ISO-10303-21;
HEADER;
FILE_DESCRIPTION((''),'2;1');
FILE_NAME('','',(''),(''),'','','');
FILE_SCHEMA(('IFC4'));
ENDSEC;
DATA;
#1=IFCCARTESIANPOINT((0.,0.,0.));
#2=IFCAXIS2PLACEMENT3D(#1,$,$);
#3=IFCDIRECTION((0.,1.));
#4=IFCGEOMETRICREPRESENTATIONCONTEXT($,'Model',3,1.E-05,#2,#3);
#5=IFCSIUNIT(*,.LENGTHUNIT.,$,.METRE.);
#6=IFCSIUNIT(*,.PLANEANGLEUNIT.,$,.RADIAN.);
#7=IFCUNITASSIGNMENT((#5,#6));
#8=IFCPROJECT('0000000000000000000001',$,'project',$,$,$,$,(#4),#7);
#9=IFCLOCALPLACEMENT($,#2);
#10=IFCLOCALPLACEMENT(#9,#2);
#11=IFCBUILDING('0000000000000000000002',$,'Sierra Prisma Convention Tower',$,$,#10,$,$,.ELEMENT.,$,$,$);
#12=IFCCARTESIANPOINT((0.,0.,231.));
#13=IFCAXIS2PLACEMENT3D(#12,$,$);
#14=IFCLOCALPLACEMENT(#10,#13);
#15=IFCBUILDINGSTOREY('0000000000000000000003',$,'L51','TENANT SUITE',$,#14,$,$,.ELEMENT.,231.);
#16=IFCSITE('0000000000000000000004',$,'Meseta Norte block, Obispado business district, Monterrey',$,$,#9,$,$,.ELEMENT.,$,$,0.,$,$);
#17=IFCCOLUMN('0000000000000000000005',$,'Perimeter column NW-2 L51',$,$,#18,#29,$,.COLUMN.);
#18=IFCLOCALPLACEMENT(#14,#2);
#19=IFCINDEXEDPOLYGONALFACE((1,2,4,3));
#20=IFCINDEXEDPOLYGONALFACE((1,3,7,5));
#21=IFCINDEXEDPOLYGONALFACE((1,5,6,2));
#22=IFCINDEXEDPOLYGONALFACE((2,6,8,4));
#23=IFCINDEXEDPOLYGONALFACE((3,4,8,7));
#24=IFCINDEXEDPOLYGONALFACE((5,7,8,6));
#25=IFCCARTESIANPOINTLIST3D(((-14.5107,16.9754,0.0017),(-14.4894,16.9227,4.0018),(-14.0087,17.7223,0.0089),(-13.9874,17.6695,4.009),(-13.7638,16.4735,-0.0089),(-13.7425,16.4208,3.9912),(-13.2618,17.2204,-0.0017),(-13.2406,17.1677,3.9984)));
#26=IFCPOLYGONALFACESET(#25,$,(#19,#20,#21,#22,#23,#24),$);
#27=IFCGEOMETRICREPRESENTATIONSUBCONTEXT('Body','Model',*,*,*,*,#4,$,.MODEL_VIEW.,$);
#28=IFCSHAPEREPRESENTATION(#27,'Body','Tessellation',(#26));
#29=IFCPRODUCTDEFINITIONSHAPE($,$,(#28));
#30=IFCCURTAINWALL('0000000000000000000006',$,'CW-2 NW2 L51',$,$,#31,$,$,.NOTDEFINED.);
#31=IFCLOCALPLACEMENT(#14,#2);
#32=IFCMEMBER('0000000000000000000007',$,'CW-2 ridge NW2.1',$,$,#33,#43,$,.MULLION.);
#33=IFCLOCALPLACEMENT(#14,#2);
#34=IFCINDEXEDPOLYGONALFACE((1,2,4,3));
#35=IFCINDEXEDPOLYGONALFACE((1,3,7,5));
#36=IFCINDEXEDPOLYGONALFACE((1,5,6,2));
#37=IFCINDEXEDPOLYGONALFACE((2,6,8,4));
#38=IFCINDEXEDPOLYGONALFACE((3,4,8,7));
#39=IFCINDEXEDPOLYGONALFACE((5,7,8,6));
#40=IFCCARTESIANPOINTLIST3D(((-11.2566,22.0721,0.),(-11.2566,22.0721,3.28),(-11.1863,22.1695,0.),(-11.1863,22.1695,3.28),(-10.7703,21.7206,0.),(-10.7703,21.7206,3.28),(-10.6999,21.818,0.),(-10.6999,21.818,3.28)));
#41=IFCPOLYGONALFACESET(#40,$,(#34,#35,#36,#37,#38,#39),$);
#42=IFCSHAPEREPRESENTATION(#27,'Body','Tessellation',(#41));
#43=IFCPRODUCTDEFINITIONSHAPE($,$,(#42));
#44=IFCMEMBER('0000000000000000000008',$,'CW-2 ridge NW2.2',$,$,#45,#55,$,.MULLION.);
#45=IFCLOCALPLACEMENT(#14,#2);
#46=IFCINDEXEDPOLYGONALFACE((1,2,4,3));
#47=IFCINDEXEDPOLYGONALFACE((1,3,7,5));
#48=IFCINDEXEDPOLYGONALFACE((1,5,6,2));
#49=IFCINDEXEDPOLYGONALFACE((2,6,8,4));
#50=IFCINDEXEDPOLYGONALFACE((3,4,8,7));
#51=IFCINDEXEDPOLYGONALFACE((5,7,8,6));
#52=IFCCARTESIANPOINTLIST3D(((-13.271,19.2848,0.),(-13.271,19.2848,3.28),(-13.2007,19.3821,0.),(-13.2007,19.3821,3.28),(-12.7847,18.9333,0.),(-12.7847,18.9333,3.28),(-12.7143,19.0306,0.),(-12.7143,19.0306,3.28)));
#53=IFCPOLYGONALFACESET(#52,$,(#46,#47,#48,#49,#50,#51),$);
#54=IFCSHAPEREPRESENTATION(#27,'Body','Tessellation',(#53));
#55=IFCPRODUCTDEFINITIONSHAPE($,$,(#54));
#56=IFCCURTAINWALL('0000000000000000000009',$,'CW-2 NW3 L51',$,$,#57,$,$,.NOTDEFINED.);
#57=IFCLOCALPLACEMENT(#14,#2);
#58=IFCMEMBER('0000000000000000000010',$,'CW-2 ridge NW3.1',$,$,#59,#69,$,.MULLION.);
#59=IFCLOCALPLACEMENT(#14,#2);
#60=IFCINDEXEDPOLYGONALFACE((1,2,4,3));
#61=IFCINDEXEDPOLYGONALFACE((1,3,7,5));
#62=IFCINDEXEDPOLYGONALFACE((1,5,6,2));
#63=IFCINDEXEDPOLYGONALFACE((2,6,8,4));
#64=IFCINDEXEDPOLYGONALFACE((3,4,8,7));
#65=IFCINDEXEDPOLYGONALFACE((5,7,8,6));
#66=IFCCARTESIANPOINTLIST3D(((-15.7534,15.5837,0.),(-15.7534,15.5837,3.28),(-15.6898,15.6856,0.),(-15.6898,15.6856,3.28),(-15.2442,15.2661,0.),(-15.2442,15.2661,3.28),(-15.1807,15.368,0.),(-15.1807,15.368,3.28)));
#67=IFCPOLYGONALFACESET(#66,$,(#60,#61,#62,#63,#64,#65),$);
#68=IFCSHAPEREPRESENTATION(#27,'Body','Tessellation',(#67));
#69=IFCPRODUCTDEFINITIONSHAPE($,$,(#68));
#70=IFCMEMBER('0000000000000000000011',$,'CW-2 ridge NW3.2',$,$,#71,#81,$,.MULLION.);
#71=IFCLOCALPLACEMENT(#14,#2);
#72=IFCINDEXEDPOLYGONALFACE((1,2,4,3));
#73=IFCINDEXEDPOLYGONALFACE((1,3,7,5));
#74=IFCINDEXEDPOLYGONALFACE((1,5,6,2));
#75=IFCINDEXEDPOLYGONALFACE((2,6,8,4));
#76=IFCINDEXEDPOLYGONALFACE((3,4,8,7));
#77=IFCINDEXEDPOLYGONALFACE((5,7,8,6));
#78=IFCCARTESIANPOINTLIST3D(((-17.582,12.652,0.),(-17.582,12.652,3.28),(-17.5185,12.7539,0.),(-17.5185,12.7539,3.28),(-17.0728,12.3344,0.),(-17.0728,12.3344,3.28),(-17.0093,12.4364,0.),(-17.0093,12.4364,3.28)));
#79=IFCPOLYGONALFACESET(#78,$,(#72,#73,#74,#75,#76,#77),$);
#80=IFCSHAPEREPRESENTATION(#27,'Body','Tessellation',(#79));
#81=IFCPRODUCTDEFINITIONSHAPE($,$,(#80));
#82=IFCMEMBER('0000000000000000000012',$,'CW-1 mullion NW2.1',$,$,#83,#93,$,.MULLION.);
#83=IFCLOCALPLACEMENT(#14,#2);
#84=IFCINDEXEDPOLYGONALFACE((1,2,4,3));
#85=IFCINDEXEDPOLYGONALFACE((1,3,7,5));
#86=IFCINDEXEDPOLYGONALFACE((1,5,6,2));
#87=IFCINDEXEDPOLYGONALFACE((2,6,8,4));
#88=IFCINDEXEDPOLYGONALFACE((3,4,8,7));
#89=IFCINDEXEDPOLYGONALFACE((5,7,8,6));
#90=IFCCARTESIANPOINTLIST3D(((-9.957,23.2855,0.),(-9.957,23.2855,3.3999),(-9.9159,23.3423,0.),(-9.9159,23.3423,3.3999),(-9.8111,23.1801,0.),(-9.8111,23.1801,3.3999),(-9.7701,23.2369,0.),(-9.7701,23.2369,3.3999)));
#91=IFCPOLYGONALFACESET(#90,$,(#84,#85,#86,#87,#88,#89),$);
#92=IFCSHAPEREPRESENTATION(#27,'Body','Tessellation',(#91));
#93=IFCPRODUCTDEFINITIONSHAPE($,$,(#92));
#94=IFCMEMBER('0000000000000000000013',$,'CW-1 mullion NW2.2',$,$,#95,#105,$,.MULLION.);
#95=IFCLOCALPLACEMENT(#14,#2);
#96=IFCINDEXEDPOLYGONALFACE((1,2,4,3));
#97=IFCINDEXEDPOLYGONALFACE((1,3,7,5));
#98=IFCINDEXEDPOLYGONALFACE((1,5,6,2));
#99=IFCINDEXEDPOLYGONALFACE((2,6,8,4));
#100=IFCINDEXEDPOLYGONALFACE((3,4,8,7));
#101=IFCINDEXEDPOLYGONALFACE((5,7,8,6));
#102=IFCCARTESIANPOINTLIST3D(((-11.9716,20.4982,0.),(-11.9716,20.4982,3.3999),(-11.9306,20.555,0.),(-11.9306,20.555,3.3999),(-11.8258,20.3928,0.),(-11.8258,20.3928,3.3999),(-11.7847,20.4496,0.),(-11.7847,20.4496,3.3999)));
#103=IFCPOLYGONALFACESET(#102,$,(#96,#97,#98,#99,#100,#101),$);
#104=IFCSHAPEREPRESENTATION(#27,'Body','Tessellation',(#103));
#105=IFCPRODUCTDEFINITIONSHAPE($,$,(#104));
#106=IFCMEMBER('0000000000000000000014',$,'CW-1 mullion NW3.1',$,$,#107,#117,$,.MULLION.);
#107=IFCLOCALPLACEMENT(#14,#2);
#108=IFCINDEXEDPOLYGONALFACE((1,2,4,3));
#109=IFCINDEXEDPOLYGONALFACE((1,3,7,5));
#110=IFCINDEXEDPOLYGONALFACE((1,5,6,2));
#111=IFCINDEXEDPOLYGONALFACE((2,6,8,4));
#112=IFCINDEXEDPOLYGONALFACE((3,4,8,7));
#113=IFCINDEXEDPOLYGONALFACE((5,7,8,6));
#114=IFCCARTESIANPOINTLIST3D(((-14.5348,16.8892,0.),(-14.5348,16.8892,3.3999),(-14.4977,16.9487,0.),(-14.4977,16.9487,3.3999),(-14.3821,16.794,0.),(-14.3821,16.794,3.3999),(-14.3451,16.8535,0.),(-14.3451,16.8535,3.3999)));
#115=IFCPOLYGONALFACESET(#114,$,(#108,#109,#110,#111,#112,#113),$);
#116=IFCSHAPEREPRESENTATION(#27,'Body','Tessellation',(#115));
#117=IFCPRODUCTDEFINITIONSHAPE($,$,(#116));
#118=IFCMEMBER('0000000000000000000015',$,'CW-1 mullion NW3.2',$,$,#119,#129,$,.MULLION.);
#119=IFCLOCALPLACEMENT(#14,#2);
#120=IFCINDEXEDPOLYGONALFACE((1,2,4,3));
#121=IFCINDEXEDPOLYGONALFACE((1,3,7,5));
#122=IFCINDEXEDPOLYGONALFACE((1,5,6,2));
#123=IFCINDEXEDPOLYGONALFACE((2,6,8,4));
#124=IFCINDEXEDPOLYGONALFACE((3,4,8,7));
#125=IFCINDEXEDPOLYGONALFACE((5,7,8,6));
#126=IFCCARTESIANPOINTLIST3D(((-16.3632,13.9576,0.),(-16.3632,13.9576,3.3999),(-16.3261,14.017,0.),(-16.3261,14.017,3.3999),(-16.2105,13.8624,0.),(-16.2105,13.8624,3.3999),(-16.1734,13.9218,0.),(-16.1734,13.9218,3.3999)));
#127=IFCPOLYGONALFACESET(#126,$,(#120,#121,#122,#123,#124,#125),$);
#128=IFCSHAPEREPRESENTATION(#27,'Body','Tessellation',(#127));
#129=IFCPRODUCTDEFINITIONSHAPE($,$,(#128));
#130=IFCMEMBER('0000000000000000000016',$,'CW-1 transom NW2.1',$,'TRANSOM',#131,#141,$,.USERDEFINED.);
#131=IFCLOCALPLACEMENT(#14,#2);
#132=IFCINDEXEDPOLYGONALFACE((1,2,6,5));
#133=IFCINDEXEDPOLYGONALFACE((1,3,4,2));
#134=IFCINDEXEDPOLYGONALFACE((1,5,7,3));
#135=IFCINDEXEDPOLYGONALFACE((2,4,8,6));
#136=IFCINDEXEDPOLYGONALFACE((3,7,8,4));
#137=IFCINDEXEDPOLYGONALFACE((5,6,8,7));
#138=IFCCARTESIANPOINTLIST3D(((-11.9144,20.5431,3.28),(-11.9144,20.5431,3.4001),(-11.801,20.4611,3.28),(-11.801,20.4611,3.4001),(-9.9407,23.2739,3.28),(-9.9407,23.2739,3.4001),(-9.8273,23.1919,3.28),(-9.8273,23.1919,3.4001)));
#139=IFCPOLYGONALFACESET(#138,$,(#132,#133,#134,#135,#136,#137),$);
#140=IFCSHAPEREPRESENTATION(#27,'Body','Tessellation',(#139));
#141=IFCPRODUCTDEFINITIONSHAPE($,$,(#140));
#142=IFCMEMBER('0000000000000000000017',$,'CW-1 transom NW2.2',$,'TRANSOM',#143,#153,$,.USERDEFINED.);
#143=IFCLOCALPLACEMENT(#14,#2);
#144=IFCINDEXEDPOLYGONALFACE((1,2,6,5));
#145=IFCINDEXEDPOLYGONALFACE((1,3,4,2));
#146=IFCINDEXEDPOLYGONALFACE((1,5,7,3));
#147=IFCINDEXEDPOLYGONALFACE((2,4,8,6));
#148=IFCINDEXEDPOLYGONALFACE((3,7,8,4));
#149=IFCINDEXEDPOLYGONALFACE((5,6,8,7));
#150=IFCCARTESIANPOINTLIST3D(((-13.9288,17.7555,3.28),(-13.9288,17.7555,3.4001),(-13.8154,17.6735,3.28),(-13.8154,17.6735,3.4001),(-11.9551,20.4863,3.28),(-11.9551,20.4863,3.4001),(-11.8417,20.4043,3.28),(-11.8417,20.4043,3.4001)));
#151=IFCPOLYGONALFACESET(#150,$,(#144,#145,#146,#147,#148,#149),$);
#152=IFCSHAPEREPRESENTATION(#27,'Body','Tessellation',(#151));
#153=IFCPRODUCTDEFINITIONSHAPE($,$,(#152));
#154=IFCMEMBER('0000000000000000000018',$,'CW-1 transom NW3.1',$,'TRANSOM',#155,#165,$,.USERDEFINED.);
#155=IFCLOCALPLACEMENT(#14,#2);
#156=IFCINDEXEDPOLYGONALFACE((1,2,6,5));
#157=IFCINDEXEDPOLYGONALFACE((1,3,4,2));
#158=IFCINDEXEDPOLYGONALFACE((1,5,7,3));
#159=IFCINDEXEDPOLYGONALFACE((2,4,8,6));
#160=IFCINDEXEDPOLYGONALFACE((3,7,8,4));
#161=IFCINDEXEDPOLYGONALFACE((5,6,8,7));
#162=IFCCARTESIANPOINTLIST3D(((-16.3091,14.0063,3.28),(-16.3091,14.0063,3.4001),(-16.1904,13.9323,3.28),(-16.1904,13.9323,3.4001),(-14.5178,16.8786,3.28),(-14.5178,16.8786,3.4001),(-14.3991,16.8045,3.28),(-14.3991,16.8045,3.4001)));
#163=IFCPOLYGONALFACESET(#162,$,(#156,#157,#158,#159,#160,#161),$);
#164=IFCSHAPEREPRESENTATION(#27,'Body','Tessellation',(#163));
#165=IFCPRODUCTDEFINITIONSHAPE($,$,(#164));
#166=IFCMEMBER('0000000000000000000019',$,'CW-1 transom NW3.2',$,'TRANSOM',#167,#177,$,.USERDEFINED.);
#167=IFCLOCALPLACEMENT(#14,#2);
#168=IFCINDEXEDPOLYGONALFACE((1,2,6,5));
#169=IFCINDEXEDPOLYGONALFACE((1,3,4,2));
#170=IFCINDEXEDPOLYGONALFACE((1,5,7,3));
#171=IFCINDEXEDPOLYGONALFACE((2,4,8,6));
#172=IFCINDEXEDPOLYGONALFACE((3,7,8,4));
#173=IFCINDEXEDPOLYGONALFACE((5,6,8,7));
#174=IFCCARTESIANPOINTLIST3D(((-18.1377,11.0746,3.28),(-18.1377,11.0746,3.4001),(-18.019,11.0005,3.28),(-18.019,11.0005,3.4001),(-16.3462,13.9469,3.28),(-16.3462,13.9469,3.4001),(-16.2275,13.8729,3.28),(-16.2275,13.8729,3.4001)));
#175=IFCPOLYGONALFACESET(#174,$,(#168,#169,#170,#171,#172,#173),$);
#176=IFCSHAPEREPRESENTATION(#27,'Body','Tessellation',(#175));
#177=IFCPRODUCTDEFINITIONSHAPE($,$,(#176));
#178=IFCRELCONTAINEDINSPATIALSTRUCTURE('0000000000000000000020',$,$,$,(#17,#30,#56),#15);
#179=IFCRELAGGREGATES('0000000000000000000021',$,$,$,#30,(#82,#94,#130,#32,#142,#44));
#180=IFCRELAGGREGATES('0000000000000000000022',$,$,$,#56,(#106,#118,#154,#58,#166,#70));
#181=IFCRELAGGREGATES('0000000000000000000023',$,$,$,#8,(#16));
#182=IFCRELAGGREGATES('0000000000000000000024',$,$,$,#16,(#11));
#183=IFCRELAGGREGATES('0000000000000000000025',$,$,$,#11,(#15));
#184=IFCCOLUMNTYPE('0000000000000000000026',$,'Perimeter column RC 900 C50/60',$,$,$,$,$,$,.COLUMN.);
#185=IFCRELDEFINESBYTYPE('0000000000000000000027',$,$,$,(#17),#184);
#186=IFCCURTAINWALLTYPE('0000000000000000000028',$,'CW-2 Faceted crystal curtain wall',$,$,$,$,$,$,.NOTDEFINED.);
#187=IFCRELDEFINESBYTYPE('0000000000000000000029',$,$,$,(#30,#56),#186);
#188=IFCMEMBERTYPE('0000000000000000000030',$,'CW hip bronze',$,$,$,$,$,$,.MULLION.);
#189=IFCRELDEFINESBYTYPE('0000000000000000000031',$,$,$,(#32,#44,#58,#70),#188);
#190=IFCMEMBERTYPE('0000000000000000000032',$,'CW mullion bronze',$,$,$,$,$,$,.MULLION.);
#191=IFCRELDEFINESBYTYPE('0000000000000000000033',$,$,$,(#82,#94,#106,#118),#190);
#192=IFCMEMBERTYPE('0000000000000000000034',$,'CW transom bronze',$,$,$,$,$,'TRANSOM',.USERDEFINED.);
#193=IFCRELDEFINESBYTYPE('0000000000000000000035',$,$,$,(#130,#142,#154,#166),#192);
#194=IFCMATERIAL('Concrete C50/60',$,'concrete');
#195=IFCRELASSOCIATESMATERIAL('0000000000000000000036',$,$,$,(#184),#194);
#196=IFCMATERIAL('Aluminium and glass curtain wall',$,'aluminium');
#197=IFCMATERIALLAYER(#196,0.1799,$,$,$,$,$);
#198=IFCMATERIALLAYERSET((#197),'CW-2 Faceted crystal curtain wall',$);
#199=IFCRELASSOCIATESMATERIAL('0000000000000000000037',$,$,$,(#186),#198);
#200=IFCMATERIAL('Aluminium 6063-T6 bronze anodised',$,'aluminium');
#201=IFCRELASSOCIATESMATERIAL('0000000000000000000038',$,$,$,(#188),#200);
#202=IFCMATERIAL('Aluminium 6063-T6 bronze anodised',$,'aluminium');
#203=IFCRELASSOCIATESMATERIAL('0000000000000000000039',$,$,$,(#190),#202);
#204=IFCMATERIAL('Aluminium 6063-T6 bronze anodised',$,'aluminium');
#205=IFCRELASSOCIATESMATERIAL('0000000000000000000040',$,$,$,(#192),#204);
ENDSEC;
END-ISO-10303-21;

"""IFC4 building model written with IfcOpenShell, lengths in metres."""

from ifc_helpers import new_model, si_unit, direction, frame, origin, origin_2d, place, context, subcontext, project, spatial, rectangle, extrude, material, layer, layer_set, material_profile, profile_set, type_object, element, aggregate, save


model = new_model("IFC4")

# Units and contexts
model_context = context("Model", 3, precision=1e-05, world=origin(), true_north=direction((0.0, 1.0)))
body_context = subcontext(model_context, "Body", "Model", "MODEL_VIEW")
ifc_project = project(units=[si_unit("LENGTHUNIT", "METRE"), si_unit("PLANEANGLEUNIT", "RADIAN")], contexts=[model_context])

# Site, building, storey
site_placement = place(None, origin())
site = spatial("IfcSite", under=ifc_project, at=site_placement, Name="Meseta Norte block, Obispado business district, Monterrey", CompositionType="ELEMENT", RefElevation=0.0)
building_placement = place(site_placement, origin())
building = spatial("IfcBuilding", under=site, at=building_placement, Name="Sierra Prisma Convention Tower", CompositionType="ELEMENT")
storey_placement = place(building_placement, frame((0.0, 0.0, 231.0)))
storey = spatial("IfcBuildingStorey", under=building, at=storey_placement, Name="L51", Description="TENANT SUITE", CompositionType="ELEMENT", Elevation=231.0)

# Column
ifc_material_1 = material(Name="Concrete C50/60", Category="concrete")
ifc_material_profile_1 = material_profile(ifc_material_1, rectangle(XDim=0.8999, YDim=0.8999, at=origin_2d()), Name="Perimeter column RC 900 C50/60")
ifc_profile_set_1 = profile_set([ifc_material_profile_1], Name="Concrete C50/60")
column_type = type_object("IfcColumnType", Name="Perimeter column RC 900 C50/60", PredefinedType="COLUMN", material=ifc_profile_set_1)
column_placement = place(storey_placement, frame((-13.8862, 17.0979, 0.0), z_axis=(0.00531, -0.013182, 0.999899), x_axis=(0.557801, 0.829936, 0.00798)))
element("IfcColumn", 1, at=column_placement, inside=storey, type_object=column_type, Name="Perimeter column NW-2 L51", PredefinedType="COLUMN", context=body_context, shape_type="SweptSolid", body=[
    extrude(rectangle(XDim=0.8999, YDim=0.8999, at=origin_2d()), origin(), (0.0, 0.0, 1.0), 4.0005),
])

# Curtain walls, members
ifc_material_2 = material(Name="Aluminium and glass curtain wall", Category="aluminium")
ifc_layer_1 = layer(ifc_material_2, 0.1799)
ifc_layer_set_1 = layer_set([ifc_layer_1], Name="CW-2 Faceted crystal curtain wall")
curtain_wall_type = type_object("IfcCurtainWallType", Name="CW-2 Faceted crystal curtain wall", PredefinedType="NOTDEFINED", material=ifc_layer_set_1)
curtain_wall_1_placement = place(storey_placement, origin())
curtain_wall_1 = element("IfcCurtainWall", 2, at=curtain_wall_1_placement, inside=storey, type_object=curtain_wall_type, Name="CW-2 NW2 L51", PredefinedType="NOTDEFINED")
ifc_material_3 = material(Name="Aluminium 6063-T6 bronze anodised", Category="aluminium")
ifc_material_profile_2 = material_profile(ifc_material_3, rectangle(XDim=0.1201, YDim=0.6001, at=origin_2d()), Name="ALU RIDGE BLADE 120x600")
ifc_profile_set_2 = profile_set([ifc_material_profile_2], Name="Aluminium 6063-T6 bronze anodised")
member_type_1 = type_object("IfcMemberType", Name="CW hip bronze", PredefinedType="MULLION", material=ifc_profile_set_2)
member_1_placement = place(storey_placement, frame((-10.9783, 21.9451, 0.0), z_axis=(0.0, 0.0, 1.0), x_axis=(-0.585758, -0.810486, 0.0)))
member_1 = element("IfcMember", 3, at=member_1_placement, type_object=member_type_1, Name="CW-2 ridge NW2.1", PredefinedType="MULLION", context=body_context, shape_type="SweptSolid", body=[
    extrude(rectangle(XDim=0.1201, YDim=0.6001, at=origin_2d()), origin(), (0.0, 0.0, 1.0), 3.28),
])
member_2_placement = place(storey_placement, frame((-12.9927, 19.1577, 0.0), z_axis=(0.0, 0.0, 1.0), x_axis=(-0.585758, -0.810486, 0.0)))
member_2 = element("IfcMember", 4, at=member_2_placement, type_object=member_type_1, Name="CW-2 ridge NW2.2", PredefinedType="MULLION", context=body_context, shape_type="SweptSolid", body=[
    extrude(rectangle(XDim=0.1201, YDim=0.6001, at=origin_2d()), origin(), (0.0, 0.0, 1.0), 3.28),
])
curtain_wall_2_placement = place(storey_placement, origin())
curtain_wall_2 = element("IfcCurtainWall", 5, at=curtain_wall_2_placement, inside=storey, type_object=curtain_wall_type, Name="CW-2 NW3 L51", PredefinedType="NOTDEFINED")
member_3_placement = place(storey_placement, frame((-15.467, 15.4758, 0.0), z_axis=(0.0, 0.0, 1.0), x_axis=(-0.529211, -0.84849, 0.0)))
member_3 = element("IfcMember", 6, at=member_3_placement, type_object=member_type_1, Name="CW-2 ridge NW3.1", PredefinedType="MULLION", context=body_context, shape_type="SweptSolid", body=[
    extrude(rectangle(XDim=0.1201, YDim=0.6001, at=origin_2d()), origin(), (0.0, 0.0, 1.0), 3.28),
])
member_4_placement = place(storey_placement, frame((-17.2957, 12.5442, 0.0), z_axis=(0.0, 0.0, 1.0), x_axis=(-0.529211, -0.84849, 0.0)))
member_4 = element("IfcMember", 7, at=member_4_placement, type_object=member_type_1, Name="CW-2 ridge NW3.2", PredefinedType="MULLION", context=body_context, shape_type="SweptSolid", body=[
    extrude(rectangle(XDim=0.1201, YDim=0.6001, at=origin_2d()), origin(), (0.0, 0.0, 1.0), 3.28),
])

# Members
ifc_material_4 = material(Name="Aluminium 6063-T6 bronze anodised", Category="aluminium")
ifc_material_profile_3 = material_profile(ifc_material_4, rectangle(XDim=0.1799, YDim=0.0701, at=origin_2d()), Name="ALU MULLION 70x180")
ifc_profile_set_3 = profile_set([ifc_material_profile_3], Name="Aluminium 6063-T6 bronze anodised")
member_type_2 = type_object("IfcMemberType", Name="CW mullion bronze", PredefinedType="MULLION", material=ifc_profile_set_3)
member_5_placement = place(storey_placement, frame((-9.8635, 23.2612, 0.0), z_axis=(0.0, 0.0, 1.0), x_axis=(0.810486, -0.585758, 0.0)))
member_5 = element("IfcMember", 8, at=member_5_placement, type_object=member_type_2, Name="CW-1 mullion NW2.1", PredefinedType="MULLION", context=body_context, shape_type="SweptSolid", body=[
    extrude(rectangle(XDim=0.1799, YDim=0.0701, at=origin_2d()), origin(), (0.0, 0.0, 1.0), 3.3999),
])
member_6_placement = place(storey_placement, frame((-11.8782, 20.4739, 0.0), z_axis=(0.0, 0.0, 1.0), x_axis=(0.810486, -0.585758, 0.0)))
member_6 = element("IfcMember", 9, at=member_6_placement, type_object=member_type_2, Name="CW-1 mullion NW2.2", PredefinedType="MULLION", context=body_context, shape_type="SweptSolid", body=[
    extrude(rectangle(XDim=0.1799, YDim=0.0701, at=origin_2d()), origin(), (0.0, 0.0, 1.0), 3.3999),
])
member_7_placement = place(storey_placement, frame((-14.4399, 16.8713, 0.0), z_axis=(0.0, 0.0, 1.0), x_axis=(0.84849, -0.529211, 0.0)))
member_7 = element("IfcMember", 10, at=member_7_placement, type_object=member_type_2, Name="CW-1 mullion NW3.1", PredefinedType="MULLION", context=body_context, shape_type="SweptSolid", body=[
    extrude(rectangle(XDim=0.1799, YDim=0.0701, at=origin_2d()), origin(), (0.0, 0.0, 1.0), 3.3999),
])
member_8_placement = place(storey_placement, frame((-16.2683, 13.9397, 0.0), z_axis=(0.0, 0.0, 1.0), x_axis=(0.84849, -0.529211, 0.0)))
member_8 = element("IfcMember", 11, at=member_8_placement, type_object=member_type_2, Name="CW-1 mullion NW3.2", PredefinedType="MULLION", context=body_context, shape_type="SweptSolid", body=[
    extrude(rectangle(XDim=0.1799, YDim=0.0701, at=origin_2d()), origin(), (0.0, 0.0, 1.0), 3.3999),
])
ifc_material_5 = material(Name="Aluminium 6063-T6 bronze anodised", Category="aluminium")
ifc_material_profile_4 = material_profile(ifc_material_5, rectangle(XDim=0.1399, YDim=0.1201, at=origin_2d()), Name="ALU TRANSOM 120x140")
ifc_profile_set_4 = profile_set([ifc_material_profile_4], Name="Aluminium 6063-T6 bronze anodised")
member_type_3 = type_object("IfcMemberType", Name="CW transom bronze", ElementType="TRANSOM", PredefinedType="USERDEFINED", material=ifc_profile_set_4)
member_9_placement = place(storey_placement, frame((-9.884, 23.2329, 3.3401), z_axis=(-0.585774, -0.810475, 0.0), x_axis=(0.810475, -0.585774, 0.0)))
member_9 = element("IfcMember", 12, at=member_9_placement, type_object=member_type_3, Name="CW-1 transom NW2.1", ObjectType="TRANSOM", PredefinedType="USERDEFINED", context=body_context, shape_type="SweptSolid", body=[
    extrude(rectangle(XDim=0.1399, YDim=0.1201, at=origin_2d()), origin(), (0.0, 0.0, 1.0), 3.3694),
])
member_10_placement = place(storey_placement, frame((-11.8984, 20.4453, 3.3401), z_axis=(-0.585774, -0.810475, 0.0), x_axis=(0.810475, -0.585774, 0.0)))
member_10 = element("IfcMember", 13, at=member_10_placement, type_object=member_type_3, Name="CW-1 transom NW2.2", ObjectType="TRANSOM", PredefinedType="USERDEFINED", context=body_context, shape_type="SweptSolid", body=[
    extrude(rectangle(XDim=0.1399, YDim=0.1201, at=origin_2d()), origin(), (0.0, 0.0, 1.0), 3.3694),
])
member_11_placement = place(storey_placement, frame((-14.4585, 16.8416, 3.3401), z_axis=(-0.529162, -0.848521, 0.0), x_axis=(0.848521, -0.529162, 0.0)))
member_11 = element("IfcMember", 14, at=member_11_placement, type_object=member_type_3, Name="CW-1 transom NW3.1", ObjectType="TRANSOM", PredefinedType="USERDEFINED", context=body_context, shape_type="SweptSolid", body=[
    extrude(rectangle(XDim=0.1399, YDim=0.1201, at=origin_2d()), origin(), (0.0, 0.0, 1.0), 3.385),
])
member_12_placement = place(storey_placement, frame((-16.2869, 13.9099, 3.3401), z_axis=(-0.529214, -0.848488, 0.0), x_axis=(0.848488, -0.529214, 0.0)))
member_12 = element("IfcMember", 15, at=member_12_placement, type_object=member_type_3, Name="CW-1 transom NW3.2", ObjectType="TRANSOM", PredefinedType="USERDEFINED", context=body_context, shape_type="SweptSolid", body=[
    extrude(rectangle(XDim=0.1399, YDim=0.1201, at=origin_2d()), origin(), (0.0, 0.0, 1.0), 3.3853),
])

aggregate(curtain_wall_1, [member_5, member_6, member_9, member_1, member_10, member_2])
aggregate(curtain_wall_2, [member_7, member_8, member_11, member_3, member_12, member_4])

save(model, "model.ifc")
